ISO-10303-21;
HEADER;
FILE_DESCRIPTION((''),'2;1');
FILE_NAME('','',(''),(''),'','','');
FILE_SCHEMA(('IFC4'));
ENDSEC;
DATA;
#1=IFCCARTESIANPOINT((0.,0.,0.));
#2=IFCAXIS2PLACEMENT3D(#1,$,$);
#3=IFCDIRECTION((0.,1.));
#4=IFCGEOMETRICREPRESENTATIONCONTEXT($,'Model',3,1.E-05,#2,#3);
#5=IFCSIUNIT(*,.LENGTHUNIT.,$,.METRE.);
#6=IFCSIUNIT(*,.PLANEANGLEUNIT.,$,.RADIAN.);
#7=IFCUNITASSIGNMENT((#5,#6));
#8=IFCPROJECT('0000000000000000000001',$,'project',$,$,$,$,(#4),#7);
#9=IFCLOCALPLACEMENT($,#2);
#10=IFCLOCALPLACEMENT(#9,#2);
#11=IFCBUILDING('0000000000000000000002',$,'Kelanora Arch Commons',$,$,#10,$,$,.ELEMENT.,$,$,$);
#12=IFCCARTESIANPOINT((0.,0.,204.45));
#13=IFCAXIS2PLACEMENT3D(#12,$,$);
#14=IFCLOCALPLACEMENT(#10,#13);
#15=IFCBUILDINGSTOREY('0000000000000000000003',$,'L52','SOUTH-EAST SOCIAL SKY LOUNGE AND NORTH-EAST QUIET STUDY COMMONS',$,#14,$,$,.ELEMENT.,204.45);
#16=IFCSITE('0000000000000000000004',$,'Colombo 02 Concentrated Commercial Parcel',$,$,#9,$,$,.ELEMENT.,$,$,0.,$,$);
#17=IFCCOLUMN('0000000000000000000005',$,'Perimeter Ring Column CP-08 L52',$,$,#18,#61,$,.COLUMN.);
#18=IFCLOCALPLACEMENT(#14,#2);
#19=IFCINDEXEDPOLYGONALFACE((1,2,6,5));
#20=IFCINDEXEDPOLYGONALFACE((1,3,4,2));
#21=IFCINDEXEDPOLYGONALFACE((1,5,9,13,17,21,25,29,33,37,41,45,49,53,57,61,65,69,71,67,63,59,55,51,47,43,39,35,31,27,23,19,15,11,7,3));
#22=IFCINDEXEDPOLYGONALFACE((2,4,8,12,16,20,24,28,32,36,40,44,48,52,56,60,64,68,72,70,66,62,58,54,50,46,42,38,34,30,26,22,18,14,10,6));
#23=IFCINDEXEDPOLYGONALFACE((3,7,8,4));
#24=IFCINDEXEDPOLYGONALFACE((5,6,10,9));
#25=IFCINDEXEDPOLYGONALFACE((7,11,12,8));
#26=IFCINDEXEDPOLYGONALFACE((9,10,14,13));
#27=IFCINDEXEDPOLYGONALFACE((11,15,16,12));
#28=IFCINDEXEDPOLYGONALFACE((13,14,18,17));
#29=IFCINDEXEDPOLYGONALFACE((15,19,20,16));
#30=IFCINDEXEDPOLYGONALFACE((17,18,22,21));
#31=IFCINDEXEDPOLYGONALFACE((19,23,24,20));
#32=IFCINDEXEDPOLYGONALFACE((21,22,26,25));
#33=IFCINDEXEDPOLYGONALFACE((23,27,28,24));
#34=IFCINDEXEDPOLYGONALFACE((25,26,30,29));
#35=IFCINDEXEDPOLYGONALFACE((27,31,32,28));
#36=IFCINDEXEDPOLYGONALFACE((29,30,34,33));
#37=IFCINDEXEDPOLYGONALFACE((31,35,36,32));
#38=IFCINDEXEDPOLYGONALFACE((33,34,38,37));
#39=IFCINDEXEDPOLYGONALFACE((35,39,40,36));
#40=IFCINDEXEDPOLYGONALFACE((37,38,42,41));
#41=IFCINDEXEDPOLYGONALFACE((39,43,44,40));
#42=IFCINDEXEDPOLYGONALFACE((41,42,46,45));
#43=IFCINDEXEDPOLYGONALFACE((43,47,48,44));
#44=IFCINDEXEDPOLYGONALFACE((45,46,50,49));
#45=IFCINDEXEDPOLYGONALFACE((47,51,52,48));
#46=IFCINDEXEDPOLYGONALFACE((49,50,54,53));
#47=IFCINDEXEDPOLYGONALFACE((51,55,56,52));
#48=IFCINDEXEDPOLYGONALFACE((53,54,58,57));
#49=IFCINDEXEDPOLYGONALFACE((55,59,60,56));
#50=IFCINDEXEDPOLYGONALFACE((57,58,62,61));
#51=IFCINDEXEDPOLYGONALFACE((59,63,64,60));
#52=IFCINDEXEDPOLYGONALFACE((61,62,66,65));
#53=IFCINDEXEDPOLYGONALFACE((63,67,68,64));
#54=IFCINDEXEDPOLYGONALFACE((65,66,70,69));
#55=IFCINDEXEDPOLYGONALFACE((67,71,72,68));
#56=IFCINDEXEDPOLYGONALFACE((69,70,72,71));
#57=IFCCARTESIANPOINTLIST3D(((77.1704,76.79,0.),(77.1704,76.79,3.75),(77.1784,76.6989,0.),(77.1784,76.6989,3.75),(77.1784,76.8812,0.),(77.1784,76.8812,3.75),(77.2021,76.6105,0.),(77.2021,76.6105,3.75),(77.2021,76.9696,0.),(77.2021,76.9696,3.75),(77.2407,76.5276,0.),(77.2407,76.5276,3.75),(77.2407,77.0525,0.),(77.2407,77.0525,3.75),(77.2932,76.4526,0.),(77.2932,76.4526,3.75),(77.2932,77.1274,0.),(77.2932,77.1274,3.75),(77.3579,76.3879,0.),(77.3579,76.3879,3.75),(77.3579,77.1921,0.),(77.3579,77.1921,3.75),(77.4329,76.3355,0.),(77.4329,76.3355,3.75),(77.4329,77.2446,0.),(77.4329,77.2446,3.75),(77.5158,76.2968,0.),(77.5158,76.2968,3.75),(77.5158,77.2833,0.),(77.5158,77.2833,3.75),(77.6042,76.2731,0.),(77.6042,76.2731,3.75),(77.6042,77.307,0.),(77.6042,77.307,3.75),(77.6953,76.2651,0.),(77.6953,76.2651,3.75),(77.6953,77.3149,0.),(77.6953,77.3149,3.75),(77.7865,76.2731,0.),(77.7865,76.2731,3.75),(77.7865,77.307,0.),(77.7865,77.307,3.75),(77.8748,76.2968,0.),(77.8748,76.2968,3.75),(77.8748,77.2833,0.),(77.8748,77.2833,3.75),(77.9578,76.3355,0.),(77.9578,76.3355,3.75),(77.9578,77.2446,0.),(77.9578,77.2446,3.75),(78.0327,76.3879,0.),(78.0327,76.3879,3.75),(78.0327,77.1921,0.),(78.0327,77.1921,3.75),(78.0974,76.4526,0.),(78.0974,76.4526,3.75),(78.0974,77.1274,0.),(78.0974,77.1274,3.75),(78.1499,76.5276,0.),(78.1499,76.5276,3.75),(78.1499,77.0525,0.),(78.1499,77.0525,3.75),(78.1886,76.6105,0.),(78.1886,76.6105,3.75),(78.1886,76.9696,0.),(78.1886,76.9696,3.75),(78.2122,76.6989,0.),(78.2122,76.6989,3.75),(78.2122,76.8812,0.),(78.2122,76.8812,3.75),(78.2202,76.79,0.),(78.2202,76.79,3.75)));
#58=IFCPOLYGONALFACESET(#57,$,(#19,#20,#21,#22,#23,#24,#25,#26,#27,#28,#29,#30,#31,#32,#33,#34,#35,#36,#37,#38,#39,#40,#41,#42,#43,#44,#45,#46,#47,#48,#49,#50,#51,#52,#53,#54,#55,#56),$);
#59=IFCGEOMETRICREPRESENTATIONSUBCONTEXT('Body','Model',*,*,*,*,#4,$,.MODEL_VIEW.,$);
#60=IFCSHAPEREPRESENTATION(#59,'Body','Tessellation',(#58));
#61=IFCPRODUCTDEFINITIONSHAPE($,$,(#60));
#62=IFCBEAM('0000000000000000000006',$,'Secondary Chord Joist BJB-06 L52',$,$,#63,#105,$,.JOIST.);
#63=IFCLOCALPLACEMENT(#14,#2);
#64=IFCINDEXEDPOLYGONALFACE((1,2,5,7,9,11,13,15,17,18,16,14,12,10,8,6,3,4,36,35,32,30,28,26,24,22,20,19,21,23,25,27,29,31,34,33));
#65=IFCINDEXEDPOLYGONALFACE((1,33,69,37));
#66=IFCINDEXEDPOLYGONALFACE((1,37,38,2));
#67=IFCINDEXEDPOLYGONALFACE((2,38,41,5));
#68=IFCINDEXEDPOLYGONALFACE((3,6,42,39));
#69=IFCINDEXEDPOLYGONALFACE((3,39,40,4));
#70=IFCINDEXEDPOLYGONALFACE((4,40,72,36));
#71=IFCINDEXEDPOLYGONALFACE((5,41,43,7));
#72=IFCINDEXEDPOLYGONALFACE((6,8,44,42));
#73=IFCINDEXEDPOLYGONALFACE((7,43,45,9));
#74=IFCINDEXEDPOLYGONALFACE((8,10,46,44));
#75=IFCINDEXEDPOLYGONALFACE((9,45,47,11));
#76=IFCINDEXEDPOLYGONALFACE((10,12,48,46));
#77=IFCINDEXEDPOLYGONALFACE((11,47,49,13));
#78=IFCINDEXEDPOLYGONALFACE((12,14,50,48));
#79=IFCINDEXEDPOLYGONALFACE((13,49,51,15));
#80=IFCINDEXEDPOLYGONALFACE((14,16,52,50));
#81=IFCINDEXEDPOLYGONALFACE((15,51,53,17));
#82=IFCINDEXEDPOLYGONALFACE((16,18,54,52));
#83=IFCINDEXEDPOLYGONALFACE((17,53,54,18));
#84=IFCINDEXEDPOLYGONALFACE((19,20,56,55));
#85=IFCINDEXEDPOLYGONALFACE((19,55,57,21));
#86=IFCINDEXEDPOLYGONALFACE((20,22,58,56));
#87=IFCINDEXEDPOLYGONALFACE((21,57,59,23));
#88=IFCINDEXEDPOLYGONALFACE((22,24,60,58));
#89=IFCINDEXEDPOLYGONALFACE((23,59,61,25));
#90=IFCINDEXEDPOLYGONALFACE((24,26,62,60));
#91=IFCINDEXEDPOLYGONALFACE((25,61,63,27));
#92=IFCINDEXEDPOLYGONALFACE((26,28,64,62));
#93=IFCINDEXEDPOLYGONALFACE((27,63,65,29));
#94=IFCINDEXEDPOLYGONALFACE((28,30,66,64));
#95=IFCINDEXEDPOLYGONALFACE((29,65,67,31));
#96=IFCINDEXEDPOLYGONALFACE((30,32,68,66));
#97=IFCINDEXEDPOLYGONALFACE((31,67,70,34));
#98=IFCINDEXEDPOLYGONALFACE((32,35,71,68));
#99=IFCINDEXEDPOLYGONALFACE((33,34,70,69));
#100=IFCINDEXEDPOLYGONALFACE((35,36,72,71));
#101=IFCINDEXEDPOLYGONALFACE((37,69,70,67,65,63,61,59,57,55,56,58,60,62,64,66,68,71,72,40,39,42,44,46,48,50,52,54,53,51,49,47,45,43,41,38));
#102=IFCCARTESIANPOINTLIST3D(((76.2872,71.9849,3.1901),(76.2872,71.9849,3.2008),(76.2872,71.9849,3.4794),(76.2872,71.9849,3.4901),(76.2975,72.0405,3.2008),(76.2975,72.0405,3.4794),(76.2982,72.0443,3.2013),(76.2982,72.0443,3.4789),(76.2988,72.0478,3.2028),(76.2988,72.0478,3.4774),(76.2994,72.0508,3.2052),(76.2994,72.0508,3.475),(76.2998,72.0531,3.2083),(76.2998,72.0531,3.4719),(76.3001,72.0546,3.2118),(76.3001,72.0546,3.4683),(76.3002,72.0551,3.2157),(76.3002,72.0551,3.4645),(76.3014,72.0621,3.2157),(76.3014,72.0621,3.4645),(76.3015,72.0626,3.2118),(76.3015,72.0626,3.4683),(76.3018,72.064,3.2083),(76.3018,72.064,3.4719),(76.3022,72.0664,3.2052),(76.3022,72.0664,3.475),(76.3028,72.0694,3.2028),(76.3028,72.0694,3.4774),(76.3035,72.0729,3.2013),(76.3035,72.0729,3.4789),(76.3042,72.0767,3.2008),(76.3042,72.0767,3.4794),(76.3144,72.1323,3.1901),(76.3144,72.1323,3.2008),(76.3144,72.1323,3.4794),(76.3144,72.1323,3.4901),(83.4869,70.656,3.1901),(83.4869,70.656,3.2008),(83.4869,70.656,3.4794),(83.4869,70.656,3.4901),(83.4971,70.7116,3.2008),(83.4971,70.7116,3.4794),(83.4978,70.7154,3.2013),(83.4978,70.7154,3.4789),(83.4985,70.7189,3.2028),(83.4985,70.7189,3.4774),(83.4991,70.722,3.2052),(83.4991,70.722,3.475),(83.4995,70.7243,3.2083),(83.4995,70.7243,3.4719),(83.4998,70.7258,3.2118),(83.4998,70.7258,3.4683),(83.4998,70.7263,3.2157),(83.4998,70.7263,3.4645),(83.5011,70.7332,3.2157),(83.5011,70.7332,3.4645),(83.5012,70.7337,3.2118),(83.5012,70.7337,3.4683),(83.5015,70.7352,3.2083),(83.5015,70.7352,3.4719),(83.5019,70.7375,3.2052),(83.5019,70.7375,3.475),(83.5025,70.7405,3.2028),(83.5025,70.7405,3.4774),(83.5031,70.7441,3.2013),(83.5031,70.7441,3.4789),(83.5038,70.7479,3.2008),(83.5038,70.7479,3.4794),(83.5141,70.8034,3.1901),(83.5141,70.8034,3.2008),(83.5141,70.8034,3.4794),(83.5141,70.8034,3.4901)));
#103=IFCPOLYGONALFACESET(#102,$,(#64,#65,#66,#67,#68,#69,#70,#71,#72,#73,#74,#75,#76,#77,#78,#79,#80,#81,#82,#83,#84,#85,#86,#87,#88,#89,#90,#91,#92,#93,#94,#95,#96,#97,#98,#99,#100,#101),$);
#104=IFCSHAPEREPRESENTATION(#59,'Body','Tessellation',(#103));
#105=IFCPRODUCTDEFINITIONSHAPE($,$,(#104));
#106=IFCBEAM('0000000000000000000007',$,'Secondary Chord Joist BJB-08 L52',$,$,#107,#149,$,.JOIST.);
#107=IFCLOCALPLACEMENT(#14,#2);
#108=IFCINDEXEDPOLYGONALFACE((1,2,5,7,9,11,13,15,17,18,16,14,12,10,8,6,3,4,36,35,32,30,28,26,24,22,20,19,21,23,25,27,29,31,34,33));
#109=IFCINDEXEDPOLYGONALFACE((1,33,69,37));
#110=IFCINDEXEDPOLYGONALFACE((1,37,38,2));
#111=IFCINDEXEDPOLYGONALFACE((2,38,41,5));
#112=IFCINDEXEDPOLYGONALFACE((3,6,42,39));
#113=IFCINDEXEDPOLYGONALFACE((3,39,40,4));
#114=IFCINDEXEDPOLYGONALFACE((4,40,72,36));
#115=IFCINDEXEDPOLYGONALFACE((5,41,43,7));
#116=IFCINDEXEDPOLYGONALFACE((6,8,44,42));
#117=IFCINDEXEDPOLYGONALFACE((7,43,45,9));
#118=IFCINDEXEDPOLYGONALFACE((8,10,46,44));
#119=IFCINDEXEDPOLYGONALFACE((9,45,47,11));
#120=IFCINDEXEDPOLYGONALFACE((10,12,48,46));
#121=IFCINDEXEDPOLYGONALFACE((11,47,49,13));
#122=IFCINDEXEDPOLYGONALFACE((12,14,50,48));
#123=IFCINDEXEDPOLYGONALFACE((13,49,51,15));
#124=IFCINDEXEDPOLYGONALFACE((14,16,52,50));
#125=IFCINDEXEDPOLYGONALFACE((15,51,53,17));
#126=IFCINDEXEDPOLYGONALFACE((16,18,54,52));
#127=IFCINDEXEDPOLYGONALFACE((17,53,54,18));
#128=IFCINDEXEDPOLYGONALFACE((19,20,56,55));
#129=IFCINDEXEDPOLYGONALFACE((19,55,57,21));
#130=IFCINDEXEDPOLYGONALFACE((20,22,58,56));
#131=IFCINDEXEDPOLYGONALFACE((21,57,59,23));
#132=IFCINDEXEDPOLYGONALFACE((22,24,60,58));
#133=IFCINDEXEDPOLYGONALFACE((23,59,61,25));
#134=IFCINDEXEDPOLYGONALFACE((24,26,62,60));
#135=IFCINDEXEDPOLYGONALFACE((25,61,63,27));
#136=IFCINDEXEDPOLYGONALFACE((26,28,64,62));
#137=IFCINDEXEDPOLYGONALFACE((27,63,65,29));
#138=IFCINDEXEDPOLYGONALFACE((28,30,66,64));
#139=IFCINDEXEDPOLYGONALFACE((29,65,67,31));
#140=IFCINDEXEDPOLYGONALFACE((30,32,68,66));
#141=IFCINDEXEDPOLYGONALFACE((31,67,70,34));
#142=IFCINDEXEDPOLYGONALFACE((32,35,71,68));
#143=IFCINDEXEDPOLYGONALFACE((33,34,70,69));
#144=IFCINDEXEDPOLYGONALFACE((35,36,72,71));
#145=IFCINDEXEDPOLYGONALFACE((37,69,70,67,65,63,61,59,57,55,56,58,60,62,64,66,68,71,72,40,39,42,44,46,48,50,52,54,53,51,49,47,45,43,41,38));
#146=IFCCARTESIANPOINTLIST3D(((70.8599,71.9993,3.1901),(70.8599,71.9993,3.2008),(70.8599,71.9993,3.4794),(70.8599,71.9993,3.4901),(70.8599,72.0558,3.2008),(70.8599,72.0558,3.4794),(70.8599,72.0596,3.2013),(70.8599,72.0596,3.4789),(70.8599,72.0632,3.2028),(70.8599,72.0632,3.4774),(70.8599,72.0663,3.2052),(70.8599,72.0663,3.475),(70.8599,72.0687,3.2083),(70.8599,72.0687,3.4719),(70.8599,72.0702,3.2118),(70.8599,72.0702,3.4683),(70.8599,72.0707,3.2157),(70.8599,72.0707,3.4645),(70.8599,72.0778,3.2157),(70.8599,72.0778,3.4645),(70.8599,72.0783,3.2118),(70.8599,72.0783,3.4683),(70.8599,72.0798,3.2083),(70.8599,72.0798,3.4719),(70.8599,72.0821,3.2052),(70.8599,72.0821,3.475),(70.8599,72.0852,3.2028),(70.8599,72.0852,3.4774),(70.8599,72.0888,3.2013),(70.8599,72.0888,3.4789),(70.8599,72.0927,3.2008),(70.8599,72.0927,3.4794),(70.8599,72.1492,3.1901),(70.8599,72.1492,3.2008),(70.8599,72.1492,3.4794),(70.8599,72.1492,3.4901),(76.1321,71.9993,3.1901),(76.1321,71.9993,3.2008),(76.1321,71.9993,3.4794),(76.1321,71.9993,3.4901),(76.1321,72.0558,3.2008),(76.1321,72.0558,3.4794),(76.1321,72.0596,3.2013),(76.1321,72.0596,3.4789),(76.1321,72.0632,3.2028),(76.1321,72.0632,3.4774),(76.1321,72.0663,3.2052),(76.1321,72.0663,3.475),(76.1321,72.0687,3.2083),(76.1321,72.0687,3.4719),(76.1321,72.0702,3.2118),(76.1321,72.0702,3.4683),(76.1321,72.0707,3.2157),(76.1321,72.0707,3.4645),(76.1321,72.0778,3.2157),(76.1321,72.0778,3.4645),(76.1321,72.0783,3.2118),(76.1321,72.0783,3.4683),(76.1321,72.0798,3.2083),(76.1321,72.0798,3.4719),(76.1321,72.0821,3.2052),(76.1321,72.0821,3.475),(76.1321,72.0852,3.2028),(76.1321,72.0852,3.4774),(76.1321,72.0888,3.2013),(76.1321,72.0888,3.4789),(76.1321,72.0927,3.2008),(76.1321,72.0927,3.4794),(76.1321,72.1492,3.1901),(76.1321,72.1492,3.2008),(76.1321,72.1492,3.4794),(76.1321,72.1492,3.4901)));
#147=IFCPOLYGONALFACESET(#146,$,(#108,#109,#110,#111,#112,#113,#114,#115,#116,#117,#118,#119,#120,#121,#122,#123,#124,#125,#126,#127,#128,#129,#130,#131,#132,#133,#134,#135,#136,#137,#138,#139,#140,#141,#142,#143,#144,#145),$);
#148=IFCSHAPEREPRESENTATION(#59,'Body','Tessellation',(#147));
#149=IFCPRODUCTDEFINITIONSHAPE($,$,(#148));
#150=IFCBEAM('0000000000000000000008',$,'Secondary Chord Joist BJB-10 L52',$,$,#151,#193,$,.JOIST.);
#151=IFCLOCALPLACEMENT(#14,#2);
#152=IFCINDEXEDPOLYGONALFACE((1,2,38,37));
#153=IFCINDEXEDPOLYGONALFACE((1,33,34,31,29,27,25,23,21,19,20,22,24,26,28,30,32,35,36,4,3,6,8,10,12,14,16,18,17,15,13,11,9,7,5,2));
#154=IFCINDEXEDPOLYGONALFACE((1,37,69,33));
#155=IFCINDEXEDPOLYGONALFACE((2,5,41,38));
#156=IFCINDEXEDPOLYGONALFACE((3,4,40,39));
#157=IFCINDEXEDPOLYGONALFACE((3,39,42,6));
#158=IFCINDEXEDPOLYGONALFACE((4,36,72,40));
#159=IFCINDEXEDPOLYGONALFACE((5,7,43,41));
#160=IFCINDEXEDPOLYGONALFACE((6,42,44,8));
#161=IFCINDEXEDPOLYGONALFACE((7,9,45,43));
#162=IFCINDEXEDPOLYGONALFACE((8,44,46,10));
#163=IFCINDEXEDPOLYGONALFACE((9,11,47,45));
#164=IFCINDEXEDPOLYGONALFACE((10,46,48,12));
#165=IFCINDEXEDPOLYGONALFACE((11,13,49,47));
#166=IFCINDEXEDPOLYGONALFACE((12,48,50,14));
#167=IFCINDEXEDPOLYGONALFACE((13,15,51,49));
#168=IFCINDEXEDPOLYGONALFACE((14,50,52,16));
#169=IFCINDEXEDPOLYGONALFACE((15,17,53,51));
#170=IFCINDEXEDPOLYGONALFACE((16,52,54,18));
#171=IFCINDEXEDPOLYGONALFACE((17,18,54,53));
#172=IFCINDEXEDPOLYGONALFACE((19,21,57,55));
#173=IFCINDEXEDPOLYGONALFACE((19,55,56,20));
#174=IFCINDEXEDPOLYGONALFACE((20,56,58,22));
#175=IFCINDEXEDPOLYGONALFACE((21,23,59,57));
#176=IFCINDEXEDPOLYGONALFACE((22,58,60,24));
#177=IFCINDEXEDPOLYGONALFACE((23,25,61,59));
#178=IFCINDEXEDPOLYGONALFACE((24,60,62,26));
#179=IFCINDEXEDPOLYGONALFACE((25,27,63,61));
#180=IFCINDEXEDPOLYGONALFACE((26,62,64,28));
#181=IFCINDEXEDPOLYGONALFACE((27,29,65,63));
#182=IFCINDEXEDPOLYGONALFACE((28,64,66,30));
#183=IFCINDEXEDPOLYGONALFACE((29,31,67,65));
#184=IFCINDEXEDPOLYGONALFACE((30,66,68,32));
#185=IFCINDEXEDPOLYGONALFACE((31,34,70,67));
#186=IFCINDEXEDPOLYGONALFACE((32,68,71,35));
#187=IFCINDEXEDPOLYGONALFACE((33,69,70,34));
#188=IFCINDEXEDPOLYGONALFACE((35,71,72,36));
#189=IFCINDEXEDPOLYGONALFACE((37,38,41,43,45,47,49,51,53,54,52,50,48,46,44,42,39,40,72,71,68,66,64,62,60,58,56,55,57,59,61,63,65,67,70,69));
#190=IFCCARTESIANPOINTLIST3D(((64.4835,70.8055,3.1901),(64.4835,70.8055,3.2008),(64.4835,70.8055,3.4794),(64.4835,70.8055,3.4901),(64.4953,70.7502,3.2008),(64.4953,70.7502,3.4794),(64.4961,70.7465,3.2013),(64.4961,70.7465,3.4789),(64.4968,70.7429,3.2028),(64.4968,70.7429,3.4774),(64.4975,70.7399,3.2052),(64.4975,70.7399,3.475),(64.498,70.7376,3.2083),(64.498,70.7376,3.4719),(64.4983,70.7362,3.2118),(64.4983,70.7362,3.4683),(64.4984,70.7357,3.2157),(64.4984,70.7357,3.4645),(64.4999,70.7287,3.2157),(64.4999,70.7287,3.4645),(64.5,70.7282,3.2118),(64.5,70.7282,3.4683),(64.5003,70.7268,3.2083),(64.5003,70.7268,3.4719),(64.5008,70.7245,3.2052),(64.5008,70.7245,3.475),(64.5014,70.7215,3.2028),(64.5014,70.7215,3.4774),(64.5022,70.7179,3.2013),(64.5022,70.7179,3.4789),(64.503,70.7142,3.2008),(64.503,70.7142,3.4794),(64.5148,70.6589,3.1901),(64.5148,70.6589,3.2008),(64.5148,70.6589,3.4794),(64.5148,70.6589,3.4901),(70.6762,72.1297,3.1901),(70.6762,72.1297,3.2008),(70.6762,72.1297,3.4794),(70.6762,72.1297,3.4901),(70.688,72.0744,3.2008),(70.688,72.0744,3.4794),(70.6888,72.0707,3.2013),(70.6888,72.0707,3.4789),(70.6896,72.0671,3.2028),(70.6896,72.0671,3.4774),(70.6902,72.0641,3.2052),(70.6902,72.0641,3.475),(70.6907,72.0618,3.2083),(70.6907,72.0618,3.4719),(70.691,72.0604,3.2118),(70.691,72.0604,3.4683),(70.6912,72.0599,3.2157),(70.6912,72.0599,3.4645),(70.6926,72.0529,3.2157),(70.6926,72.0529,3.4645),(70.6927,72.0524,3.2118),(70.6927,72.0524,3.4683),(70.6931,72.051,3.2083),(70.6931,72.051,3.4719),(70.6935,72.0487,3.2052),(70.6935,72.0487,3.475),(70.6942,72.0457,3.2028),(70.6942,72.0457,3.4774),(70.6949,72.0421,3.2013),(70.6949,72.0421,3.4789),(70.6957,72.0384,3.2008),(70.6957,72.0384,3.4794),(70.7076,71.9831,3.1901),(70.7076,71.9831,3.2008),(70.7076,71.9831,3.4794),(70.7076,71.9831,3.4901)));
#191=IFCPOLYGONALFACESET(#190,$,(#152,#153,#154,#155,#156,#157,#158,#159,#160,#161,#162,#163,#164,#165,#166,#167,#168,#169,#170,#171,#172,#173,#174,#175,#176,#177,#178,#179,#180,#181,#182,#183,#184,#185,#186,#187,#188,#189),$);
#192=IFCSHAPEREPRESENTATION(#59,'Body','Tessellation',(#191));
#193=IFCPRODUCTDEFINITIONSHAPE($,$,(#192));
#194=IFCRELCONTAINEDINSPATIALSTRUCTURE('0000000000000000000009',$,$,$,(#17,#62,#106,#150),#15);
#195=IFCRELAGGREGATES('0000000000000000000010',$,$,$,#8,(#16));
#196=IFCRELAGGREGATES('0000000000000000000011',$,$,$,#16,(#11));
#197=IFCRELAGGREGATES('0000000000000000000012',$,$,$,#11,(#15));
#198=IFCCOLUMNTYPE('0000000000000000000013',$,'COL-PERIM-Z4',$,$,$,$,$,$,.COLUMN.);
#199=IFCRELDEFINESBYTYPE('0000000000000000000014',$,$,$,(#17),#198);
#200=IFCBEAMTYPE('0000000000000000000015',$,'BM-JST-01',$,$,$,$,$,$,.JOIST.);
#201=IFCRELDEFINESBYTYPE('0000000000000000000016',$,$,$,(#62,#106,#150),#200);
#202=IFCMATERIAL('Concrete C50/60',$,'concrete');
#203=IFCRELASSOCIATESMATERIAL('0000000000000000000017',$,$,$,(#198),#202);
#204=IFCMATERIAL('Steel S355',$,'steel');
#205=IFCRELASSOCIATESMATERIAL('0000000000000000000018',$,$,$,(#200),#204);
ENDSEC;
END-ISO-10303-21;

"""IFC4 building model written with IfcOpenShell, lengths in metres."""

from ifc_helpers import new_model, si_unit, direction, frame, origin, origin_2d, place, context, subcontext, project, spatial, circle, i_section, extrude, material, material_profile, profile_set, type_object, element, save


model = new_model("IFC4")

# Units and contexts
model_context = context("Model", 3, precision=1e-05, world=origin(), true_north=direction((0.0, 1.0)))
body_context = subcontext(model_context, "Body", "Model", "MODEL_VIEW")
ifc_project = project(units=[si_unit("LENGTHUNIT", "METRE"), si_unit("PLANEANGLEUNIT", "RADIAN")], contexts=[model_context])

# Site, building, storey
site_placement = place(None, origin())
site = spatial("IfcSite", under=ifc_project, at=site_placement, Name="Colombo 02 Concentrated Commercial Parcel", CompositionType="ELEMENT", RefElevation=0.0)
building_placement = place(site_placement, origin())
building = spatial("IfcBuilding", under=site, at=building_placement, Name="Kelanora Arch Commons", CompositionType="ELEMENT")
storey_placement = place(building_placement, frame((0.0, 0.0, 204.45)))
storey = spatial("IfcBuildingStorey", under=building, at=storey_placement, Name="L52", Description="SOUTH-EAST SOCIAL SKY LOUNGE AND NORTH-EAST QUIET STUDY COMMONS", CompositionType="ELEMENT", Elevation=204.45)

# Column
ifc_material_1 = material(Name="Concrete C50/60", Category="concrete")
ifc_material_profile_1 = material_profile(ifc_material_1, circle(Radius=0.5249, at=origin_2d()), Name="RCC1050")
ifc_profile_set_1 = profile_set([ifc_material_profile_1], Name="Concrete C50/60")
column_type = type_object("IfcColumnType", Name="COL-PERIM-Z4", PredefinedType="COLUMN", material=ifc_profile_set_1)
column_placement = place(storey_placement, frame((77.6953, 76.79, 0.0), z_axis=(0.0, 0.0, 1.0), x_axis=(1.0, 0.0, 0.0)))
element("IfcColumn", 1, at=column_placement, inside=storey, type_object=column_type, Name="Perimeter Ring Column CP-08 L52", PredefinedType="COLUMN", context=body_context, shape_type="SweptSolid", body=[
    extrude(circle(Radius=0.5249, at=origin_2d()), origin(), (0.0, 0.0, 1.0), 3.75),
])

# Beams
ifc_material_2 = material(Name="Steel S355", Category="steel")
ifc_material_profile_2 = material_profile(ifc_material_2, i_section(OverallWidth=0.1499, OverallDepth=0.3, WebThickness=0.0071, FlangeThickness=0.0107, FilletRadius=0.0149, at=origin_2d()), Name="IPE300")
ifc_profile_set_2 = profile_set([ifc_material_profile_2], Name="Steel S355")
beam_type_1 = type_object("IfcBeamType", Name="BM-JST-01", PredefinedType="JOIST", material=ifc_profile_set_2)
beam_1_placement = place(storey_placement, frame((83.5005, 70.7297, 3.3401), z_axis=(-0.98339, 0.181505, 0.0), x_axis=(-0.181505, -0.98339, 0.0)))
element("IfcBeam", 2, at=beam_1_placement, inside=storey, type_object=beam_type_1, Name="Secondary Chord Joist BJB-06 L52", PredefinedType="JOIST", context=body_context, shape_type="SweptSolid", body=[
    extrude(i_section(OverallWidth=0.1499, OverallDepth=0.3, WebThickness=0.0071, FlangeThickness=0.0107, FilletRadius=0.0149, at=origin_2d()), origin(), (0.0, 0.0, 1.0), 7.3213),
])
beam_2_placement = place(storey_placement, frame((76.1321, 72.0742, 3.3401), z_axis=(-1.0, 0.0, 0.0), x_axis=(0.0, -1.0, 0.0)))
element("IfcBeam", 3, at=beam_2_placement, inside=storey, type_object=beam_type_1, Name="Secondary Chord Joist BJB-08 L52", PredefinedType="JOIST", context=body_context, shape_type="SweptSolid", body=[
    extrude(i_section(OverallWidth=0.1499, OverallDepth=0.3, WebThickness=0.0071, FlangeThickness=0.0107, FilletRadius=0.0149, at=origin_2d()), origin(), (0.0, 0.0, 1.0), 5.2722),
])
beam_3_placement = place(storey_placement, frame((70.6919, 72.0564, 3.3401), z_axis=(-0.977894, -0.209103, 0.0), x_axis=(0.209103, -0.977894, 0.0)))
element("IfcBeam", 4, at=beam_3_placement, inside=storey, type_object=beam_type_1, Name="Secondary Chord Joist BJB-10 L52", PredefinedType="JOIST", context=body_context, shape_type="SweptSolid", body=[
    extrude(i_section(OverallWidth=0.1499, OverallDepth=0.3, WebThickness=0.0071, FlangeThickness=0.0107, FilletRadius=0.0149, at=origin_2d()), origin(), (0.0, 0.0, 1.0), 6.3328),
])

save(model, "model.ifc")
